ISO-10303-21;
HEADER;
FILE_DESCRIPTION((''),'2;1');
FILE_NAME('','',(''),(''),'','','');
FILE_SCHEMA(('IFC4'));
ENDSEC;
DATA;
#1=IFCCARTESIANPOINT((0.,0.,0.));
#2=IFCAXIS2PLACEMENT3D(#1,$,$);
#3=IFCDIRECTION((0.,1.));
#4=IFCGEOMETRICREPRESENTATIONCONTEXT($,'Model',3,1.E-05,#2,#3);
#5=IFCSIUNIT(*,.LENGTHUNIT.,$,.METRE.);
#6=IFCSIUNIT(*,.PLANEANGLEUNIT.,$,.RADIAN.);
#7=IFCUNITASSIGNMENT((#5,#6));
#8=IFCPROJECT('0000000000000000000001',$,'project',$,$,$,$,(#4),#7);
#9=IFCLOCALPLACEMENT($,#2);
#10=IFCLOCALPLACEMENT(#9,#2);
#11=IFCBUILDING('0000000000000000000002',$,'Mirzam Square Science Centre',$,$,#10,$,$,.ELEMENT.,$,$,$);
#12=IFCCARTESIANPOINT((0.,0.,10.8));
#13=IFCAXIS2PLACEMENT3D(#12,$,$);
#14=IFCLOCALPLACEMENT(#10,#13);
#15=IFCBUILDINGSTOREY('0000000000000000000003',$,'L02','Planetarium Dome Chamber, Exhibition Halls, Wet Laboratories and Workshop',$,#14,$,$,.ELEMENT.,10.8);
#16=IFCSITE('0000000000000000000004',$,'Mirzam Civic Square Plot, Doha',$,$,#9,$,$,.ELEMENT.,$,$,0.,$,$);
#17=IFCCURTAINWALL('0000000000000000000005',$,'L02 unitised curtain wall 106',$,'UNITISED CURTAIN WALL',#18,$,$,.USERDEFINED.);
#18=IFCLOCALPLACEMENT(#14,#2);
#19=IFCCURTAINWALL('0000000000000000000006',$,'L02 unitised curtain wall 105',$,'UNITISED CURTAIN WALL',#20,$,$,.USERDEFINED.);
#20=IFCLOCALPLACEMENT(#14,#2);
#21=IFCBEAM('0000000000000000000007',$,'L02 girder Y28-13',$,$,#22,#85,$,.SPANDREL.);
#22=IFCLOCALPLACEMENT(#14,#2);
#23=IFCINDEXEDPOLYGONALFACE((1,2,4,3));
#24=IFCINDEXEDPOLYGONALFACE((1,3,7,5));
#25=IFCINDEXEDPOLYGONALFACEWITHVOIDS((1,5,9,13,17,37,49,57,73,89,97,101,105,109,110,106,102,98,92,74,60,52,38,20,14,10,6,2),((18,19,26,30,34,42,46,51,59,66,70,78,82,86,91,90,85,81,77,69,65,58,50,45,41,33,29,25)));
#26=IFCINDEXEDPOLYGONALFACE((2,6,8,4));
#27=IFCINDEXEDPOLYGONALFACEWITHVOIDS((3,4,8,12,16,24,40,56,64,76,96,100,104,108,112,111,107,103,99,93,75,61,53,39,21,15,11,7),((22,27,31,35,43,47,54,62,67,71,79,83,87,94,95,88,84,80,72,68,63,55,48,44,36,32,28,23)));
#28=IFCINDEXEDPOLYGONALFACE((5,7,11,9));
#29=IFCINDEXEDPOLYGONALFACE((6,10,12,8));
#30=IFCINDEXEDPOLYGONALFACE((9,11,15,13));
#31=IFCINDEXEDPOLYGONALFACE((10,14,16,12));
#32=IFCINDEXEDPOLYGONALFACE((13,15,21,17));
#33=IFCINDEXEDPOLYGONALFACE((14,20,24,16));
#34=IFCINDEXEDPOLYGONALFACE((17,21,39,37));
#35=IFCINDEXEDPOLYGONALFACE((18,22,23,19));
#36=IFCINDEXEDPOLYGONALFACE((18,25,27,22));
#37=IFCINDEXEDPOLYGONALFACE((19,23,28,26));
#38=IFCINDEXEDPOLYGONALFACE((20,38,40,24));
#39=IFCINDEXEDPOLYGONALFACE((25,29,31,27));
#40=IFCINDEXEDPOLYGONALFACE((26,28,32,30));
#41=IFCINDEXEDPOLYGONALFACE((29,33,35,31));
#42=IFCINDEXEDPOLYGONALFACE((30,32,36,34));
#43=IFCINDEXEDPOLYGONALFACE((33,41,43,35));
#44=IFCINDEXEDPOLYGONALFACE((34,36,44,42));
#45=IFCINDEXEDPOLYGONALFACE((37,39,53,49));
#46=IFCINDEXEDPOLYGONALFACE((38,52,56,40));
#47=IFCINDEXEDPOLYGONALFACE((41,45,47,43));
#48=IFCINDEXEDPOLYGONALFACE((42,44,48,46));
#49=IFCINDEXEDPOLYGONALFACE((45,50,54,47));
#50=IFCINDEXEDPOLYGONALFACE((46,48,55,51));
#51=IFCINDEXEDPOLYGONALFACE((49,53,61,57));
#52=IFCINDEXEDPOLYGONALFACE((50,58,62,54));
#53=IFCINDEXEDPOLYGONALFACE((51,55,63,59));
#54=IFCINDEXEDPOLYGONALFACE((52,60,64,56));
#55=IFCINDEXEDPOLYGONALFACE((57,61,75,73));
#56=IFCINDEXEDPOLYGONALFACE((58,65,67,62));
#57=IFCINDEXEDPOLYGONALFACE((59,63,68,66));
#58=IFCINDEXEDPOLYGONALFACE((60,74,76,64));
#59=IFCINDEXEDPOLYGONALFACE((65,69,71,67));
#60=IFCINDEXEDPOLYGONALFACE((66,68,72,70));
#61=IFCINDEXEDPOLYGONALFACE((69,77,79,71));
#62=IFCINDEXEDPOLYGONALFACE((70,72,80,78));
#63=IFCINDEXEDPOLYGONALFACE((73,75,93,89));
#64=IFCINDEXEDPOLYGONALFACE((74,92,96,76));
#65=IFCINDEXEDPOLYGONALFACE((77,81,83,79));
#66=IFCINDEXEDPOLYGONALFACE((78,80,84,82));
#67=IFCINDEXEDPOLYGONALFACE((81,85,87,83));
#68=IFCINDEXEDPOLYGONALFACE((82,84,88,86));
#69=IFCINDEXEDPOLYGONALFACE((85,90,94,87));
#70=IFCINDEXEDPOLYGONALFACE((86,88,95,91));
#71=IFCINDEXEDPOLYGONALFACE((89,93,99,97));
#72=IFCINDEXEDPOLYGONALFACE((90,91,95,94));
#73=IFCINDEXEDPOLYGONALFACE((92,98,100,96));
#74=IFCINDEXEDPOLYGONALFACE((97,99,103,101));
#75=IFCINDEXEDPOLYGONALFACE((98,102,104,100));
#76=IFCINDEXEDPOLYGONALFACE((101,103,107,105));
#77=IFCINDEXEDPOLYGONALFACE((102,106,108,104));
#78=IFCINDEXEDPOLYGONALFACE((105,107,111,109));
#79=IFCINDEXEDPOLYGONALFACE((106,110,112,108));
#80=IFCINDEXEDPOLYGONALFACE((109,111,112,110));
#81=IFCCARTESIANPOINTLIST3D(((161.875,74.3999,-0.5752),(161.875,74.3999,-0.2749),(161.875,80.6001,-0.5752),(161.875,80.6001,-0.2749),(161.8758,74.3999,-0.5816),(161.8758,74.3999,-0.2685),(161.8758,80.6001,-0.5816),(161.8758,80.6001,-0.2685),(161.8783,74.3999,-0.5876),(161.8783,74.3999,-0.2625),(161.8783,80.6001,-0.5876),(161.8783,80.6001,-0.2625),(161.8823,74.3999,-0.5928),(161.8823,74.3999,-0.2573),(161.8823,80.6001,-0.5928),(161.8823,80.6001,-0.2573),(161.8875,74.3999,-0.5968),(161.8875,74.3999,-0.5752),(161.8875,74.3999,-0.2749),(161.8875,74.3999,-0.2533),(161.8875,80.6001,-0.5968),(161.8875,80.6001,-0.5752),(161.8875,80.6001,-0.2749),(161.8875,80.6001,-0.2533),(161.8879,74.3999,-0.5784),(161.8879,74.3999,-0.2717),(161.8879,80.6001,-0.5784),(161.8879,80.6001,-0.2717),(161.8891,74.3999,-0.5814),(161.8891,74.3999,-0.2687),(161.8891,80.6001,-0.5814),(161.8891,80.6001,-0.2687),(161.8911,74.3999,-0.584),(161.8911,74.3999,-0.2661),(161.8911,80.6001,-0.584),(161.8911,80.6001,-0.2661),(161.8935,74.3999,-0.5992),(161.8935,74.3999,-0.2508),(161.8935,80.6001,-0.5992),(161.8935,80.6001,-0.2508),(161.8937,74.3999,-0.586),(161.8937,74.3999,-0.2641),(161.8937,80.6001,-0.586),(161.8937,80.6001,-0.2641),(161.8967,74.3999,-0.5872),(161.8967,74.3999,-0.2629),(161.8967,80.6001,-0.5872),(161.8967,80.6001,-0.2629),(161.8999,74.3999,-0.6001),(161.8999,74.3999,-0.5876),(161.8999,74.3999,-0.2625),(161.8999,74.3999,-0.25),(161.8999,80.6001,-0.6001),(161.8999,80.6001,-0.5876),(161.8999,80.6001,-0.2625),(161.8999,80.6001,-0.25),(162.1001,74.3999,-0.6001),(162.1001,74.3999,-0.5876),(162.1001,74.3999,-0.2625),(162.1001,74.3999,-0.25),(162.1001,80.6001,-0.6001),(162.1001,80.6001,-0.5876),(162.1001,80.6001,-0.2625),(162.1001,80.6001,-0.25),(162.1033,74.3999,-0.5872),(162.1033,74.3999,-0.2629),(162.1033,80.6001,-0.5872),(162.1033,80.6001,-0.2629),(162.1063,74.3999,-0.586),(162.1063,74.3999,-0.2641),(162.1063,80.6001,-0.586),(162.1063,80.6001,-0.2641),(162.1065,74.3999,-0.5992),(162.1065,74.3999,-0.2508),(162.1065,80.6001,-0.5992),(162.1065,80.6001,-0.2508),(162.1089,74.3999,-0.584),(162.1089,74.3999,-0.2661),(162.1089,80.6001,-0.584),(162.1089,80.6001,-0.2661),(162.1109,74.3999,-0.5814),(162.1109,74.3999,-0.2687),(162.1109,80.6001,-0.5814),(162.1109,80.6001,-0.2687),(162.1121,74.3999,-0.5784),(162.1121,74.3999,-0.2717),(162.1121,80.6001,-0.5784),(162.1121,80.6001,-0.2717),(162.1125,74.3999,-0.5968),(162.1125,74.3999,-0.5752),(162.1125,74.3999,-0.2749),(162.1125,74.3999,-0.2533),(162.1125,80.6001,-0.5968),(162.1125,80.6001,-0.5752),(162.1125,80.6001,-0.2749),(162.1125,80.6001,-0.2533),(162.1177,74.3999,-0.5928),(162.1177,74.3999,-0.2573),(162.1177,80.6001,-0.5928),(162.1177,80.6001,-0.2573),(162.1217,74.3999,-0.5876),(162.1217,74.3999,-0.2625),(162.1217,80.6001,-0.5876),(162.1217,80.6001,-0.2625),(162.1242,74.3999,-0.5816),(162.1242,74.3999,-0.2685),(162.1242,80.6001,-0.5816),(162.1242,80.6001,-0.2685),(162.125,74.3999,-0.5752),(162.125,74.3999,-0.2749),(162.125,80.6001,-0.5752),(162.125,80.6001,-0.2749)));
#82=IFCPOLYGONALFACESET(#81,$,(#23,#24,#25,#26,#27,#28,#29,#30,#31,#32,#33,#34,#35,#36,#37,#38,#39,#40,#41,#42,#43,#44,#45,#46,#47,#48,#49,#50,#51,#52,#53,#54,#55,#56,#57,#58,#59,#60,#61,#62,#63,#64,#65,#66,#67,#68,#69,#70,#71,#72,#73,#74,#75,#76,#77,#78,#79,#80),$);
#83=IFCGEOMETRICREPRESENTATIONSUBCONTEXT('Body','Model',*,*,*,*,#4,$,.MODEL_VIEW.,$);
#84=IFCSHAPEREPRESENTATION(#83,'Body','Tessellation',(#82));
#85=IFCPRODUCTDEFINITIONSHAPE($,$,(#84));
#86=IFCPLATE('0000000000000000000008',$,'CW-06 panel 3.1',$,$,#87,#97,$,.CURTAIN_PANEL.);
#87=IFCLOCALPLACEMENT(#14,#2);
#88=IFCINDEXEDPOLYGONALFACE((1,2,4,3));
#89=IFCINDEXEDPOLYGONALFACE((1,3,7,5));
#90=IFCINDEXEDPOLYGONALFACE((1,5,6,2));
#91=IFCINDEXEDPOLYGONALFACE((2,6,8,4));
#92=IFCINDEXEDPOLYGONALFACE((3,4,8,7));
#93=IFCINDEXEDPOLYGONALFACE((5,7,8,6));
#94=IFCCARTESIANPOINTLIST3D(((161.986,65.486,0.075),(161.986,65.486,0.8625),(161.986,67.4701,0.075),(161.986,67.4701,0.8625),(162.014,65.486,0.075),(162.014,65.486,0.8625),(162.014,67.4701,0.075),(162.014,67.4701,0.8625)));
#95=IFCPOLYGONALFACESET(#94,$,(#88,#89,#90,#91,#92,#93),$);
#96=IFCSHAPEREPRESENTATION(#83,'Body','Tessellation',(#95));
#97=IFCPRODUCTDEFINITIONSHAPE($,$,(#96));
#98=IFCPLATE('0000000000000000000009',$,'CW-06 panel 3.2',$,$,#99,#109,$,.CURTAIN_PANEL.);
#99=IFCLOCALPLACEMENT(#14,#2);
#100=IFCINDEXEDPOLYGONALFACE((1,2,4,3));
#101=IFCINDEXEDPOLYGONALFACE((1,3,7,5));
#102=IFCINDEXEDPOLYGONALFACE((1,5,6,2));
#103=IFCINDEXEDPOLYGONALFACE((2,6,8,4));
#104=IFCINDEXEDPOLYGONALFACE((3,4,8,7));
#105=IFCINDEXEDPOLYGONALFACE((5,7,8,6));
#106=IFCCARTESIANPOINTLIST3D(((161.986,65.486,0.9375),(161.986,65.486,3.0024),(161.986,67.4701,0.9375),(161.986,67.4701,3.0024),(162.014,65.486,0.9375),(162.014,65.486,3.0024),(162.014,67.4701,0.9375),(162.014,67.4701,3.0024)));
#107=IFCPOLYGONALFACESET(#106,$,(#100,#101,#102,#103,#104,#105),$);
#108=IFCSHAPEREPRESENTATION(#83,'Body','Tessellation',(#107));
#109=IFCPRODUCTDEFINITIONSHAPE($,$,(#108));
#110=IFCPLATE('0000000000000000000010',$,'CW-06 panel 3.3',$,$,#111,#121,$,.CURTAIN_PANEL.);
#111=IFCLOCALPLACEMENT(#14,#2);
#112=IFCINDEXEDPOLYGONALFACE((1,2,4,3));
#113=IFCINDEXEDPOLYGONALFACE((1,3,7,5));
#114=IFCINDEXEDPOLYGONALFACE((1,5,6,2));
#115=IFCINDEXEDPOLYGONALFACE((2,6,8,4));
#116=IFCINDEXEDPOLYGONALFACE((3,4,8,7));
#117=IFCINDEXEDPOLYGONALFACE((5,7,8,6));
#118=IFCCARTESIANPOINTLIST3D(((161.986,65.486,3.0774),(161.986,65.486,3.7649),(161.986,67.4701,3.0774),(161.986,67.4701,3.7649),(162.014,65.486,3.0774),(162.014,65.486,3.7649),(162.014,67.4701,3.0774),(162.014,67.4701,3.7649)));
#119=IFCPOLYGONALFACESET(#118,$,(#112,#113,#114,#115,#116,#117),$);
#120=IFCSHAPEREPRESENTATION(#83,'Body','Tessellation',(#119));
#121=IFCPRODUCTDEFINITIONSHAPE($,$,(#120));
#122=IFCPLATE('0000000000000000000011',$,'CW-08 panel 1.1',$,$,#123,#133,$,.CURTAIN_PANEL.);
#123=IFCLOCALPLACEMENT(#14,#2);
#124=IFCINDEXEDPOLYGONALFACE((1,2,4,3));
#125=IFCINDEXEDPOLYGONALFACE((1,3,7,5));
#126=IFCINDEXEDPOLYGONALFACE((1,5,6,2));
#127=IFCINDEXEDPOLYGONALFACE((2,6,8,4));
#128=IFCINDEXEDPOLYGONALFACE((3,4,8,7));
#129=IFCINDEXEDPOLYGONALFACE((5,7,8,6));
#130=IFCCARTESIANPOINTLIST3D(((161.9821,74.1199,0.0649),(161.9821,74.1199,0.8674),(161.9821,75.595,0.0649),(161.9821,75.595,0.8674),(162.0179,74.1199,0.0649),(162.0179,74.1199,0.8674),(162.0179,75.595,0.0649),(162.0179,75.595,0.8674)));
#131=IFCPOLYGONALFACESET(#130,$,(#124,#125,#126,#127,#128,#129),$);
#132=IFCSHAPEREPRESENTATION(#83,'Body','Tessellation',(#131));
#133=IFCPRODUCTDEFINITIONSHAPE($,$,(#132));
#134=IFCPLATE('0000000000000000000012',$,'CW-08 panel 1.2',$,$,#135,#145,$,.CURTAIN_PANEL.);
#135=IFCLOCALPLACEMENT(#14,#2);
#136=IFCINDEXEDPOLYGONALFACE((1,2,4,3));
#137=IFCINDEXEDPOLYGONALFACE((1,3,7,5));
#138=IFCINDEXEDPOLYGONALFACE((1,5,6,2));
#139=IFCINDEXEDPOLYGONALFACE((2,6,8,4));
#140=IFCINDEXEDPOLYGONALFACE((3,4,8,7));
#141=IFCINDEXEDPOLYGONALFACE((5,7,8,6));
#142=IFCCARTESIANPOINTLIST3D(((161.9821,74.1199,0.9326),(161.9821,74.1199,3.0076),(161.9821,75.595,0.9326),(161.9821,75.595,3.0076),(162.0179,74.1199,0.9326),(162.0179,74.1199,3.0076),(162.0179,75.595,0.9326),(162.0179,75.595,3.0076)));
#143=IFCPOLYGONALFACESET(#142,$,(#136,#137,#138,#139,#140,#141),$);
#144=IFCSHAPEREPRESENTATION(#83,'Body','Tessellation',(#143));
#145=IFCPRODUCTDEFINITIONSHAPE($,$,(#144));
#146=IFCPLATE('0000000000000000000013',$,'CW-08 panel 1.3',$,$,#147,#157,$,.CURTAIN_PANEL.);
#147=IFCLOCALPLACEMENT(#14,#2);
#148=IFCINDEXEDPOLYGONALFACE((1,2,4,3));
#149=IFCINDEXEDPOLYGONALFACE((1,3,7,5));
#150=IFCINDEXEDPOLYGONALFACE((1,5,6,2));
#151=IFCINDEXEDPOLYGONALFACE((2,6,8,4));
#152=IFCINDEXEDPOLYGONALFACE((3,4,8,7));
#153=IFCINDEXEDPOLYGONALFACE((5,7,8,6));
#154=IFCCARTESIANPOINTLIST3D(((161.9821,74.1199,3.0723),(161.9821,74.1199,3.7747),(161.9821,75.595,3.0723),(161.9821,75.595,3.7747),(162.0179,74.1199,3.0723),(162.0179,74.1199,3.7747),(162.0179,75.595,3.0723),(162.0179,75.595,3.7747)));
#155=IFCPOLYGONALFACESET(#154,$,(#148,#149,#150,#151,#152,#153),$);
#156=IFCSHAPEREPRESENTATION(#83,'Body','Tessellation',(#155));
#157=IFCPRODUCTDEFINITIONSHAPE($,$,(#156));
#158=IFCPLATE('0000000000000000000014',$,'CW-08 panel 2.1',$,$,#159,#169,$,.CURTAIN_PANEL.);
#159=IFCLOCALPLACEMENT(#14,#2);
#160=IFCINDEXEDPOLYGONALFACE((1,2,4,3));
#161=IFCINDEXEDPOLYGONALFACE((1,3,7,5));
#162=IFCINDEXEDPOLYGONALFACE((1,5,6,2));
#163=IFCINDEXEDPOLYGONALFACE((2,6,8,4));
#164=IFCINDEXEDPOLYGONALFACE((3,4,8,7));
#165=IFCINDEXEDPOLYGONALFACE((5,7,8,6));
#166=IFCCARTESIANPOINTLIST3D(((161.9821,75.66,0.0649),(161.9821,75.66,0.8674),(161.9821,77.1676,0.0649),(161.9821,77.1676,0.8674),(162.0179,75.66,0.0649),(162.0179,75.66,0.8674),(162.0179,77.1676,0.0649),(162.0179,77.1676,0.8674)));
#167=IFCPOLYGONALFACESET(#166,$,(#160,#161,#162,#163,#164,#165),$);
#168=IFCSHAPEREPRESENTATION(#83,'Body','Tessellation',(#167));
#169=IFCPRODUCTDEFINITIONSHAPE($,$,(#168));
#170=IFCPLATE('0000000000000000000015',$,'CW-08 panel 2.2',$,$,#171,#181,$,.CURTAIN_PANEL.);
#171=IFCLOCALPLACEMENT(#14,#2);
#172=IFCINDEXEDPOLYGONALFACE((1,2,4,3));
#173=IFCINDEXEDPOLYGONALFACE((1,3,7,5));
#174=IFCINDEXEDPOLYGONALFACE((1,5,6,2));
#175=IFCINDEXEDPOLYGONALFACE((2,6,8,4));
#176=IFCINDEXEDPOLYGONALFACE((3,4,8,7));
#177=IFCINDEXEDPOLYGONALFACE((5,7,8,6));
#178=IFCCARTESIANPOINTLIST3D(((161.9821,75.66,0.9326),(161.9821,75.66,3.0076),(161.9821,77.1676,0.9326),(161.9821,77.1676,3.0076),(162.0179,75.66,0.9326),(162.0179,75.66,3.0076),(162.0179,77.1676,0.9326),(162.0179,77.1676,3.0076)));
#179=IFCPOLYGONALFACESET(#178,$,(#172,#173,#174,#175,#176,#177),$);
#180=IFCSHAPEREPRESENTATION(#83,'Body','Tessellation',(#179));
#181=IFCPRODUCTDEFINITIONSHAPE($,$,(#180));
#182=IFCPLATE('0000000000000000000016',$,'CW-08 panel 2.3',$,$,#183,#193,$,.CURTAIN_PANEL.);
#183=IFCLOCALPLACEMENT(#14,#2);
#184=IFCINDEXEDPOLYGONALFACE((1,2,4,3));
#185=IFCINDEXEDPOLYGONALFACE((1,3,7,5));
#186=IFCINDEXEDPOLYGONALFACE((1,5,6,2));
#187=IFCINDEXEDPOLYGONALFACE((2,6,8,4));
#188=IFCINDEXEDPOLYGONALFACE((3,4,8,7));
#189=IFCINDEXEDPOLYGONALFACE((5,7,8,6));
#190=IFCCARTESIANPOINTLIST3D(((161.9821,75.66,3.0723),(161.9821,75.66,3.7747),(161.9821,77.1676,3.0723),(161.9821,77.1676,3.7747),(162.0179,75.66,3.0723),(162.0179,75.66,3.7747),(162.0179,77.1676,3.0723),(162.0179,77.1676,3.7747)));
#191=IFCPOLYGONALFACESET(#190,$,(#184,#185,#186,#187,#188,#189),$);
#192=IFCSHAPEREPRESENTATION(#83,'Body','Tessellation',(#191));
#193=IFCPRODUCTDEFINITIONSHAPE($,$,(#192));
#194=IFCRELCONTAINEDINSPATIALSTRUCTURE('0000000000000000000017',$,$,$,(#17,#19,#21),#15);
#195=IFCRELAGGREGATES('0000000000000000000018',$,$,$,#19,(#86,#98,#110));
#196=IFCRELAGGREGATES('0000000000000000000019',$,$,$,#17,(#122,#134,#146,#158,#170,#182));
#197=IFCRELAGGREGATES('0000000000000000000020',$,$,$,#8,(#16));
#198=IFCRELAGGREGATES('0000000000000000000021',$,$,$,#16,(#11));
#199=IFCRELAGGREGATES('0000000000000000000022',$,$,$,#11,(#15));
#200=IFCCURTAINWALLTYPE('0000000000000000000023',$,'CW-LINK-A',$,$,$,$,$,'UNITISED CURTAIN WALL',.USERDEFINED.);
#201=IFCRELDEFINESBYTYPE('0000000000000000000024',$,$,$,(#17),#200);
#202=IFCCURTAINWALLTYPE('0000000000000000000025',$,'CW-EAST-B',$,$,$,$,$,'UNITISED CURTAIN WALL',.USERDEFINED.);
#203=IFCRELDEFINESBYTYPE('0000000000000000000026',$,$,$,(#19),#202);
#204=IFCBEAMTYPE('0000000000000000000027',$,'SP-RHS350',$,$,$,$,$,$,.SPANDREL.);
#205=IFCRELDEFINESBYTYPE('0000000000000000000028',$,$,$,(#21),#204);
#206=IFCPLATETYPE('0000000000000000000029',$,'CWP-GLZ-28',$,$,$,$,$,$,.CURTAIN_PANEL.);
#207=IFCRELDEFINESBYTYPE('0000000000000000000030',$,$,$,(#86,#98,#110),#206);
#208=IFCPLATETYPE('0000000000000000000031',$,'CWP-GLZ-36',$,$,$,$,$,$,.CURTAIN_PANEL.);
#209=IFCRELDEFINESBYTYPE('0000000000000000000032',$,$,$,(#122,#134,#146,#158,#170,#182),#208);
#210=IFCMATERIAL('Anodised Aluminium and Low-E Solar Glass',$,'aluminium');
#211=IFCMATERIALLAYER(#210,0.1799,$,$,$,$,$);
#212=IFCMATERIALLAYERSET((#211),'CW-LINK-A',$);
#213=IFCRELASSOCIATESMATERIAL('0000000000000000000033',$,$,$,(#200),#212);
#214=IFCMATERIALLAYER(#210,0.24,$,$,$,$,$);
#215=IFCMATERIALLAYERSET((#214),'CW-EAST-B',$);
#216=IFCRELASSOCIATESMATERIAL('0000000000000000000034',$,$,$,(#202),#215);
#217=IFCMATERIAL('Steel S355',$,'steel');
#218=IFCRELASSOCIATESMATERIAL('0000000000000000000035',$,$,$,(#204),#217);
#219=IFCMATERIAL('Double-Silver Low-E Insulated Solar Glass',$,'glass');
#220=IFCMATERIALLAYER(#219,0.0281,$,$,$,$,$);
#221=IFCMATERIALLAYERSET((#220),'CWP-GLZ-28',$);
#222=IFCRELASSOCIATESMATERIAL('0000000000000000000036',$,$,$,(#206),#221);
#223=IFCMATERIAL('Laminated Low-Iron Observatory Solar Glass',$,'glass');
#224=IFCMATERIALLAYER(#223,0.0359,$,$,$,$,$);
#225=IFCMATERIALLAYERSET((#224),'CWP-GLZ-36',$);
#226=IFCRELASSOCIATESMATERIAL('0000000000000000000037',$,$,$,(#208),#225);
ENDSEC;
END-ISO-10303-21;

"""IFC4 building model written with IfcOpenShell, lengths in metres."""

from ifc_helpers import new_model, si_unit, direction, frame, origin, origin_2d, place, context, subcontext, project, spatial, rectangle, hollow_rectangle, extrude, material, layer, layer_set, material_profile, profile_set, type_object, element, aggregate, save


model = new_model("IFC4")

# Units and contexts
model_context = context("Model", 3, precision=1e-05, world=origin(), true_north=direction((0.0, 1.0)))
body_context = subcontext(model_context, "Body", "Model", "MODEL_VIEW")
ifc_project = project(units=[si_unit("LENGTHUNIT", "METRE"), si_unit("PLANEANGLEUNIT", "RADIAN")], contexts=[model_context])

# Site, building, storey
site_placement = place(None, origin())
site = spatial("IfcSite", under=ifc_project, at=site_placement, Name="Mirzam Civic Square Plot, Doha", CompositionType="ELEMENT", RefElevation=0.0)
building_placement = place(site_placement, origin())
building = spatial("IfcBuilding", under=site, at=building_placement, Name="Mirzam Square Science Centre", CompositionType="ELEMENT")
storey_placement = place(building_placement, frame((0.0, 0.0, 10.8)))
storey = spatial("IfcBuildingStorey", under=building, at=storey_placement, Name="L02", Description="Planetarium Dome Chamber, Exhibition Halls, Wet Laboratories and Workshop", CompositionType="ELEMENT", Elevation=10.8)

# Shared definitions
ifc_material_1 = material(Name="Steel S355", Category="steel")

# Curtain wall
ifc_material_2 = material(Name="Anodised Aluminium and Low-E Solar Glass", Category="aluminium")
ifc_layer_1 = layer(ifc_material_2, 0.1799)
ifc_layer_set_1 = layer_set([ifc_layer_1], Name="CW-LINK-A")
curtain_wall_type_1 = type_object("IfcCurtainWallType", Name="CW-LINK-A", ElementType="UNITISED CURTAIN WALL", PredefinedType="USERDEFINED", material=ifc_layer_set_1)
curtain_wall_1_placement = place(storey_placement, origin())
curtain_wall_1 = element("IfcCurtainWall", 1, at=curtain_wall_1_placement, inside=storey, type_object=curtain_wall_type_1, Name="L02 unitised curtain wall 106", ObjectType="UNITISED CURTAIN WALL", PredefinedType="USERDEFINED")

# Curtain wall
ifc_layer_2 = layer(ifc_material_2, 0.24)
ifc_layer_set_2 = layer_set([ifc_layer_2], Name="CW-EAST-B")
curtain_wall_type_2 = type_object("IfcCurtainWallType", Name="CW-EAST-B", ElementType="UNITISED CURTAIN WALL", PredefinedType="USERDEFINED", material=ifc_layer_set_2)
curtain_wall_2_placement = place(storey_placement, origin())
curtain_wall_2 = element("IfcCurtainWall", 2, at=curtain_wall_2_placement, inside=storey, type_object=curtain_wall_type_2, Name="L02 unitised curtain wall 105", ObjectType="UNITISED CURTAIN WALL", PredefinedType="USERDEFINED")

# Beam
ifc_material_profile_1 = material_profile(ifc_material_1, hollow_rectangle(XDim=0.25, YDim=0.3501, WallThickness=0.0125, InnerFilletRadius=0.0125, OuterFilletRadius=0.0249, at=origin_2d()), Name="350x250x12.5RHS")
ifc_profile_set_1 = profile_set([ifc_material_profile_1], Name="Steel S355")
beam_type = type_object("IfcBeamType", Name="SP-RHS350", PredefinedType="SPANDREL", material=ifc_profile_set_1)
beam_1_placement = place(storey_placement, frame((162.0, 74.3999, -0.425), z_axis=(0.0, 1.0, 0.0), x_axis=(-1.0, 0.0, 0.0)))
element("IfcBeam", 3, at=beam_1_placement, inside=storey, type_object=beam_type, Name="L02 girder Y28-13", PredefinedType="SPANDREL", context=body_context, shape_type="SweptSolid", body=[
    extrude(hollow_rectangle(XDim=0.25, YDim=0.3501, WallThickness=0.0125, InnerFilletRadius=0.0125, OuterFilletRadius=0.0249, at=origin_2d()), origin(), (0.0, 0.0, 1.0), 6.2002),
])

# Plates
ifc_material_3 = material(Name="Double-Silver Low-E Insulated Solar Glass", Category="glass")
ifc_layer_3 = layer(ifc_material_3, 0.0281)
ifc_layer_set_3 = layer_set([ifc_layer_3], Name="CWP-GLZ-28")
plate_type_1 = type_object("IfcPlateType", Name="CWP-GLZ-28", PredefinedType="CURTAIN_PANEL", material=ifc_layer_set_3)
plate_1_placement = place(storey_placement, frame((162.0, 66.478, 0.075), z_axis=(0.0, 0.0, 1.0), x_axis=(0.0, 1.0, 0.0)))
plate_1 = element("IfcPlate", 4, at=plate_1_placement, type_object=plate_type_1, Name="CW-06 panel 3.1", PredefinedType="CURTAIN_PANEL", context=body_context, shape_type="SweptSolid", body=[
    extrude(rectangle(XDim=1.9841, YDim=0.0281, at=origin_2d()), origin(), (0.0, 0.0, 1.0), 0.7876),
])
plate_2_placement = place(storey_placement, frame((162.0, 66.478, 0.9375), z_axis=(0.0, 0.0, 1.0), x_axis=(0.0, 1.0, 0.0)))
plate_2 = element("IfcPlate", 5, at=plate_2_placement, type_object=plate_type_1, Name="CW-06 panel 3.2", PredefinedType="CURTAIN_PANEL", context=body_context, shape_type="SweptSolid", body=[
    extrude(rectangle(XDim=1.9841, YDim=0.0281, at=origin_2d()), origin(), (0.0, 0.0, 1.0), 2.0649),
])
plate_3_placement = place(storey_placement, frame((162.0, 66.478, 3.0774), z_axis=(0.0, 0.0, 1.0), x_axis=(0.0, 1.0, 0.0)))
plate_3 = element("IfcPlate", 6, at=plate_3_placement, type_object=plate_type_1, Name="CW-06 panel 3.3", PredefinedType="CURTAIN_PANEL", context=body_context, shape_type="SweptSolid", body=[
    extrude(rectangle(XDim=1.9841, YDim=0.0281, at=origin_2d()), origin(), (0.0, 0.0, 1.0), 0.6875),
])
aggregate(curtain_wall_2, [plate_1, plate_2, plate_3])
ifc_material_4 = material(Name="Laminated Low-Iron Observatory Solar Glass", Category="glass")
ifc_layer_4 = layer(ifc_material_4, 0.0359)
ifc_layer_set_4 = layer_set([ifc_layer_4], Name="CWP-GLZ-36")
plate_type_2 = type_object("IfcPlateType", Name="CWP-GLZ-36", PredefinedType="CURTAIN_PANEL", material=ifc_layer_set_4)
plate_4_placement = place(storey_placement, frame((162.0, 74.8574, 0.0649), z_axis=(0.0, 0.0, 1.0), x_axis=(0.0, 1.0, 0.0)))
plate_4 = element("IfcPlate", 7, at=plate_4_placement, type_object=plate_type_2, Name="CW-08 panel 1.1", PredefinedType="CURTAIN_PANEL", context=body_context, shape_type="SweptSolid", body=[
    extrude(rectangle(XDim=1.4751, YDim=0.0359, at=origin_2d()), origin(), (0.0, 0.0, 1.0), 0.8025),
])
plate_5_placement = place(storey_placement, frame((162.0, 74.8574, 0.9326), z_axis=(0.0, 0.0, 1.0), x_axis=(0.0, 1.0, 0.0)))
plate_5 = element("IfcPlate", 8, at=plate_5_placement, type_object=plate_type_2, Name="CW-08 panel 1.2", PredefinedType="CURTAIN_PANEL", context=body_context, shape_type="SweptSolid", body=[
    extrude(rectangle(XDim=1.4751, YDim=0.0359, at=origin_2d()), origin(), (0.0, 0.0, 1.0), 2.075),
])
plate_6_placement = place(storey_placement, frame((162.0, 74.8574, 3.0723), z_axis=(0.0, 0.0, 1.0), x_axis=(0.0, 1.0, 0.0)))
plate_6 = element("IfcPlate", 9, at=plate_6_placement, type_object=plate_type_2, Name="CW-08 panel 1.3", PredefinedType="CURTAIN_PANEL", context=body_context, shape_type="SweptSolid", body=[
    extrude(rectangle(XDim=1.4751, YDim=0.0359, at=origin_2d()), origin(), (0.0, 0.0, 1.0), 0.7024),
])
plate_7_placement = place(storey_placement, frame((162.0, 76.4138, 0.0649), z_axis=(0.0, 0.0, 1.0), x_axis=(0.0, 1.0, 0.0)))
plate_7 = element("IfcPlate", 10, at=plate_7_placement, type_object=plate_type_2, Name="CW-08 panel 2.1", PredefinedType="CURTAIN_PANEL", context=body_context, shape_type="SweptSolid", body=[
    extrude(rectangle(XDim=1.5076, YDim=0.0359, at=origin_2d()), origin(), (0.0, 0.0, 1.0), 0.8025),
])
plate_8_placement = place(storey_placement, frame((162.0, 76.4138, 0.9326), z_axis=(0.0, 0.0, 1.0), x_axis=(0.0, 1.0, 0.0)))
plate_8 = element("IfcPlate", 11, at=plate_8_placement, type_object=plate_type_2, Name="CW-08 panel 2.2", PredefinedType="CURTAIN_PANEL", context=body_context, shape_type="SweptSolid", body=[
    extrude(rectangle(XDim=1.5076, YDim=0.0359, at=origin_2d()), origin(), (0.0, 0.0, 1.0), 2.075),
])
plate_9_placement = place(storey_placement, frame((162.0, 76.4138, 3.0723), z_axis=(0.0, 0.0, 1.0), x_axis=(0.0, 1.0, 0.0)))
plate_9 = element("IfcPlate", 12, at=plate_9_placement, type_object=plate_type_2, Name="CW-08 panel 2.3", PredefinedType="CURTAIN_PANEL", context=body_context, shape_type="SweptSolid", body=[
    extrude(rectangle(XDim=1.5076, YDim=0.0359, at=origin_2d()), origin(), (0.0, 0.0, 1.0), 0.7024),
])
aggregate(curtain_wall_1, [plate_4, plate_5, plate_6, plate_7, plate_8, plate_9])

save(model, "model.ifc")
